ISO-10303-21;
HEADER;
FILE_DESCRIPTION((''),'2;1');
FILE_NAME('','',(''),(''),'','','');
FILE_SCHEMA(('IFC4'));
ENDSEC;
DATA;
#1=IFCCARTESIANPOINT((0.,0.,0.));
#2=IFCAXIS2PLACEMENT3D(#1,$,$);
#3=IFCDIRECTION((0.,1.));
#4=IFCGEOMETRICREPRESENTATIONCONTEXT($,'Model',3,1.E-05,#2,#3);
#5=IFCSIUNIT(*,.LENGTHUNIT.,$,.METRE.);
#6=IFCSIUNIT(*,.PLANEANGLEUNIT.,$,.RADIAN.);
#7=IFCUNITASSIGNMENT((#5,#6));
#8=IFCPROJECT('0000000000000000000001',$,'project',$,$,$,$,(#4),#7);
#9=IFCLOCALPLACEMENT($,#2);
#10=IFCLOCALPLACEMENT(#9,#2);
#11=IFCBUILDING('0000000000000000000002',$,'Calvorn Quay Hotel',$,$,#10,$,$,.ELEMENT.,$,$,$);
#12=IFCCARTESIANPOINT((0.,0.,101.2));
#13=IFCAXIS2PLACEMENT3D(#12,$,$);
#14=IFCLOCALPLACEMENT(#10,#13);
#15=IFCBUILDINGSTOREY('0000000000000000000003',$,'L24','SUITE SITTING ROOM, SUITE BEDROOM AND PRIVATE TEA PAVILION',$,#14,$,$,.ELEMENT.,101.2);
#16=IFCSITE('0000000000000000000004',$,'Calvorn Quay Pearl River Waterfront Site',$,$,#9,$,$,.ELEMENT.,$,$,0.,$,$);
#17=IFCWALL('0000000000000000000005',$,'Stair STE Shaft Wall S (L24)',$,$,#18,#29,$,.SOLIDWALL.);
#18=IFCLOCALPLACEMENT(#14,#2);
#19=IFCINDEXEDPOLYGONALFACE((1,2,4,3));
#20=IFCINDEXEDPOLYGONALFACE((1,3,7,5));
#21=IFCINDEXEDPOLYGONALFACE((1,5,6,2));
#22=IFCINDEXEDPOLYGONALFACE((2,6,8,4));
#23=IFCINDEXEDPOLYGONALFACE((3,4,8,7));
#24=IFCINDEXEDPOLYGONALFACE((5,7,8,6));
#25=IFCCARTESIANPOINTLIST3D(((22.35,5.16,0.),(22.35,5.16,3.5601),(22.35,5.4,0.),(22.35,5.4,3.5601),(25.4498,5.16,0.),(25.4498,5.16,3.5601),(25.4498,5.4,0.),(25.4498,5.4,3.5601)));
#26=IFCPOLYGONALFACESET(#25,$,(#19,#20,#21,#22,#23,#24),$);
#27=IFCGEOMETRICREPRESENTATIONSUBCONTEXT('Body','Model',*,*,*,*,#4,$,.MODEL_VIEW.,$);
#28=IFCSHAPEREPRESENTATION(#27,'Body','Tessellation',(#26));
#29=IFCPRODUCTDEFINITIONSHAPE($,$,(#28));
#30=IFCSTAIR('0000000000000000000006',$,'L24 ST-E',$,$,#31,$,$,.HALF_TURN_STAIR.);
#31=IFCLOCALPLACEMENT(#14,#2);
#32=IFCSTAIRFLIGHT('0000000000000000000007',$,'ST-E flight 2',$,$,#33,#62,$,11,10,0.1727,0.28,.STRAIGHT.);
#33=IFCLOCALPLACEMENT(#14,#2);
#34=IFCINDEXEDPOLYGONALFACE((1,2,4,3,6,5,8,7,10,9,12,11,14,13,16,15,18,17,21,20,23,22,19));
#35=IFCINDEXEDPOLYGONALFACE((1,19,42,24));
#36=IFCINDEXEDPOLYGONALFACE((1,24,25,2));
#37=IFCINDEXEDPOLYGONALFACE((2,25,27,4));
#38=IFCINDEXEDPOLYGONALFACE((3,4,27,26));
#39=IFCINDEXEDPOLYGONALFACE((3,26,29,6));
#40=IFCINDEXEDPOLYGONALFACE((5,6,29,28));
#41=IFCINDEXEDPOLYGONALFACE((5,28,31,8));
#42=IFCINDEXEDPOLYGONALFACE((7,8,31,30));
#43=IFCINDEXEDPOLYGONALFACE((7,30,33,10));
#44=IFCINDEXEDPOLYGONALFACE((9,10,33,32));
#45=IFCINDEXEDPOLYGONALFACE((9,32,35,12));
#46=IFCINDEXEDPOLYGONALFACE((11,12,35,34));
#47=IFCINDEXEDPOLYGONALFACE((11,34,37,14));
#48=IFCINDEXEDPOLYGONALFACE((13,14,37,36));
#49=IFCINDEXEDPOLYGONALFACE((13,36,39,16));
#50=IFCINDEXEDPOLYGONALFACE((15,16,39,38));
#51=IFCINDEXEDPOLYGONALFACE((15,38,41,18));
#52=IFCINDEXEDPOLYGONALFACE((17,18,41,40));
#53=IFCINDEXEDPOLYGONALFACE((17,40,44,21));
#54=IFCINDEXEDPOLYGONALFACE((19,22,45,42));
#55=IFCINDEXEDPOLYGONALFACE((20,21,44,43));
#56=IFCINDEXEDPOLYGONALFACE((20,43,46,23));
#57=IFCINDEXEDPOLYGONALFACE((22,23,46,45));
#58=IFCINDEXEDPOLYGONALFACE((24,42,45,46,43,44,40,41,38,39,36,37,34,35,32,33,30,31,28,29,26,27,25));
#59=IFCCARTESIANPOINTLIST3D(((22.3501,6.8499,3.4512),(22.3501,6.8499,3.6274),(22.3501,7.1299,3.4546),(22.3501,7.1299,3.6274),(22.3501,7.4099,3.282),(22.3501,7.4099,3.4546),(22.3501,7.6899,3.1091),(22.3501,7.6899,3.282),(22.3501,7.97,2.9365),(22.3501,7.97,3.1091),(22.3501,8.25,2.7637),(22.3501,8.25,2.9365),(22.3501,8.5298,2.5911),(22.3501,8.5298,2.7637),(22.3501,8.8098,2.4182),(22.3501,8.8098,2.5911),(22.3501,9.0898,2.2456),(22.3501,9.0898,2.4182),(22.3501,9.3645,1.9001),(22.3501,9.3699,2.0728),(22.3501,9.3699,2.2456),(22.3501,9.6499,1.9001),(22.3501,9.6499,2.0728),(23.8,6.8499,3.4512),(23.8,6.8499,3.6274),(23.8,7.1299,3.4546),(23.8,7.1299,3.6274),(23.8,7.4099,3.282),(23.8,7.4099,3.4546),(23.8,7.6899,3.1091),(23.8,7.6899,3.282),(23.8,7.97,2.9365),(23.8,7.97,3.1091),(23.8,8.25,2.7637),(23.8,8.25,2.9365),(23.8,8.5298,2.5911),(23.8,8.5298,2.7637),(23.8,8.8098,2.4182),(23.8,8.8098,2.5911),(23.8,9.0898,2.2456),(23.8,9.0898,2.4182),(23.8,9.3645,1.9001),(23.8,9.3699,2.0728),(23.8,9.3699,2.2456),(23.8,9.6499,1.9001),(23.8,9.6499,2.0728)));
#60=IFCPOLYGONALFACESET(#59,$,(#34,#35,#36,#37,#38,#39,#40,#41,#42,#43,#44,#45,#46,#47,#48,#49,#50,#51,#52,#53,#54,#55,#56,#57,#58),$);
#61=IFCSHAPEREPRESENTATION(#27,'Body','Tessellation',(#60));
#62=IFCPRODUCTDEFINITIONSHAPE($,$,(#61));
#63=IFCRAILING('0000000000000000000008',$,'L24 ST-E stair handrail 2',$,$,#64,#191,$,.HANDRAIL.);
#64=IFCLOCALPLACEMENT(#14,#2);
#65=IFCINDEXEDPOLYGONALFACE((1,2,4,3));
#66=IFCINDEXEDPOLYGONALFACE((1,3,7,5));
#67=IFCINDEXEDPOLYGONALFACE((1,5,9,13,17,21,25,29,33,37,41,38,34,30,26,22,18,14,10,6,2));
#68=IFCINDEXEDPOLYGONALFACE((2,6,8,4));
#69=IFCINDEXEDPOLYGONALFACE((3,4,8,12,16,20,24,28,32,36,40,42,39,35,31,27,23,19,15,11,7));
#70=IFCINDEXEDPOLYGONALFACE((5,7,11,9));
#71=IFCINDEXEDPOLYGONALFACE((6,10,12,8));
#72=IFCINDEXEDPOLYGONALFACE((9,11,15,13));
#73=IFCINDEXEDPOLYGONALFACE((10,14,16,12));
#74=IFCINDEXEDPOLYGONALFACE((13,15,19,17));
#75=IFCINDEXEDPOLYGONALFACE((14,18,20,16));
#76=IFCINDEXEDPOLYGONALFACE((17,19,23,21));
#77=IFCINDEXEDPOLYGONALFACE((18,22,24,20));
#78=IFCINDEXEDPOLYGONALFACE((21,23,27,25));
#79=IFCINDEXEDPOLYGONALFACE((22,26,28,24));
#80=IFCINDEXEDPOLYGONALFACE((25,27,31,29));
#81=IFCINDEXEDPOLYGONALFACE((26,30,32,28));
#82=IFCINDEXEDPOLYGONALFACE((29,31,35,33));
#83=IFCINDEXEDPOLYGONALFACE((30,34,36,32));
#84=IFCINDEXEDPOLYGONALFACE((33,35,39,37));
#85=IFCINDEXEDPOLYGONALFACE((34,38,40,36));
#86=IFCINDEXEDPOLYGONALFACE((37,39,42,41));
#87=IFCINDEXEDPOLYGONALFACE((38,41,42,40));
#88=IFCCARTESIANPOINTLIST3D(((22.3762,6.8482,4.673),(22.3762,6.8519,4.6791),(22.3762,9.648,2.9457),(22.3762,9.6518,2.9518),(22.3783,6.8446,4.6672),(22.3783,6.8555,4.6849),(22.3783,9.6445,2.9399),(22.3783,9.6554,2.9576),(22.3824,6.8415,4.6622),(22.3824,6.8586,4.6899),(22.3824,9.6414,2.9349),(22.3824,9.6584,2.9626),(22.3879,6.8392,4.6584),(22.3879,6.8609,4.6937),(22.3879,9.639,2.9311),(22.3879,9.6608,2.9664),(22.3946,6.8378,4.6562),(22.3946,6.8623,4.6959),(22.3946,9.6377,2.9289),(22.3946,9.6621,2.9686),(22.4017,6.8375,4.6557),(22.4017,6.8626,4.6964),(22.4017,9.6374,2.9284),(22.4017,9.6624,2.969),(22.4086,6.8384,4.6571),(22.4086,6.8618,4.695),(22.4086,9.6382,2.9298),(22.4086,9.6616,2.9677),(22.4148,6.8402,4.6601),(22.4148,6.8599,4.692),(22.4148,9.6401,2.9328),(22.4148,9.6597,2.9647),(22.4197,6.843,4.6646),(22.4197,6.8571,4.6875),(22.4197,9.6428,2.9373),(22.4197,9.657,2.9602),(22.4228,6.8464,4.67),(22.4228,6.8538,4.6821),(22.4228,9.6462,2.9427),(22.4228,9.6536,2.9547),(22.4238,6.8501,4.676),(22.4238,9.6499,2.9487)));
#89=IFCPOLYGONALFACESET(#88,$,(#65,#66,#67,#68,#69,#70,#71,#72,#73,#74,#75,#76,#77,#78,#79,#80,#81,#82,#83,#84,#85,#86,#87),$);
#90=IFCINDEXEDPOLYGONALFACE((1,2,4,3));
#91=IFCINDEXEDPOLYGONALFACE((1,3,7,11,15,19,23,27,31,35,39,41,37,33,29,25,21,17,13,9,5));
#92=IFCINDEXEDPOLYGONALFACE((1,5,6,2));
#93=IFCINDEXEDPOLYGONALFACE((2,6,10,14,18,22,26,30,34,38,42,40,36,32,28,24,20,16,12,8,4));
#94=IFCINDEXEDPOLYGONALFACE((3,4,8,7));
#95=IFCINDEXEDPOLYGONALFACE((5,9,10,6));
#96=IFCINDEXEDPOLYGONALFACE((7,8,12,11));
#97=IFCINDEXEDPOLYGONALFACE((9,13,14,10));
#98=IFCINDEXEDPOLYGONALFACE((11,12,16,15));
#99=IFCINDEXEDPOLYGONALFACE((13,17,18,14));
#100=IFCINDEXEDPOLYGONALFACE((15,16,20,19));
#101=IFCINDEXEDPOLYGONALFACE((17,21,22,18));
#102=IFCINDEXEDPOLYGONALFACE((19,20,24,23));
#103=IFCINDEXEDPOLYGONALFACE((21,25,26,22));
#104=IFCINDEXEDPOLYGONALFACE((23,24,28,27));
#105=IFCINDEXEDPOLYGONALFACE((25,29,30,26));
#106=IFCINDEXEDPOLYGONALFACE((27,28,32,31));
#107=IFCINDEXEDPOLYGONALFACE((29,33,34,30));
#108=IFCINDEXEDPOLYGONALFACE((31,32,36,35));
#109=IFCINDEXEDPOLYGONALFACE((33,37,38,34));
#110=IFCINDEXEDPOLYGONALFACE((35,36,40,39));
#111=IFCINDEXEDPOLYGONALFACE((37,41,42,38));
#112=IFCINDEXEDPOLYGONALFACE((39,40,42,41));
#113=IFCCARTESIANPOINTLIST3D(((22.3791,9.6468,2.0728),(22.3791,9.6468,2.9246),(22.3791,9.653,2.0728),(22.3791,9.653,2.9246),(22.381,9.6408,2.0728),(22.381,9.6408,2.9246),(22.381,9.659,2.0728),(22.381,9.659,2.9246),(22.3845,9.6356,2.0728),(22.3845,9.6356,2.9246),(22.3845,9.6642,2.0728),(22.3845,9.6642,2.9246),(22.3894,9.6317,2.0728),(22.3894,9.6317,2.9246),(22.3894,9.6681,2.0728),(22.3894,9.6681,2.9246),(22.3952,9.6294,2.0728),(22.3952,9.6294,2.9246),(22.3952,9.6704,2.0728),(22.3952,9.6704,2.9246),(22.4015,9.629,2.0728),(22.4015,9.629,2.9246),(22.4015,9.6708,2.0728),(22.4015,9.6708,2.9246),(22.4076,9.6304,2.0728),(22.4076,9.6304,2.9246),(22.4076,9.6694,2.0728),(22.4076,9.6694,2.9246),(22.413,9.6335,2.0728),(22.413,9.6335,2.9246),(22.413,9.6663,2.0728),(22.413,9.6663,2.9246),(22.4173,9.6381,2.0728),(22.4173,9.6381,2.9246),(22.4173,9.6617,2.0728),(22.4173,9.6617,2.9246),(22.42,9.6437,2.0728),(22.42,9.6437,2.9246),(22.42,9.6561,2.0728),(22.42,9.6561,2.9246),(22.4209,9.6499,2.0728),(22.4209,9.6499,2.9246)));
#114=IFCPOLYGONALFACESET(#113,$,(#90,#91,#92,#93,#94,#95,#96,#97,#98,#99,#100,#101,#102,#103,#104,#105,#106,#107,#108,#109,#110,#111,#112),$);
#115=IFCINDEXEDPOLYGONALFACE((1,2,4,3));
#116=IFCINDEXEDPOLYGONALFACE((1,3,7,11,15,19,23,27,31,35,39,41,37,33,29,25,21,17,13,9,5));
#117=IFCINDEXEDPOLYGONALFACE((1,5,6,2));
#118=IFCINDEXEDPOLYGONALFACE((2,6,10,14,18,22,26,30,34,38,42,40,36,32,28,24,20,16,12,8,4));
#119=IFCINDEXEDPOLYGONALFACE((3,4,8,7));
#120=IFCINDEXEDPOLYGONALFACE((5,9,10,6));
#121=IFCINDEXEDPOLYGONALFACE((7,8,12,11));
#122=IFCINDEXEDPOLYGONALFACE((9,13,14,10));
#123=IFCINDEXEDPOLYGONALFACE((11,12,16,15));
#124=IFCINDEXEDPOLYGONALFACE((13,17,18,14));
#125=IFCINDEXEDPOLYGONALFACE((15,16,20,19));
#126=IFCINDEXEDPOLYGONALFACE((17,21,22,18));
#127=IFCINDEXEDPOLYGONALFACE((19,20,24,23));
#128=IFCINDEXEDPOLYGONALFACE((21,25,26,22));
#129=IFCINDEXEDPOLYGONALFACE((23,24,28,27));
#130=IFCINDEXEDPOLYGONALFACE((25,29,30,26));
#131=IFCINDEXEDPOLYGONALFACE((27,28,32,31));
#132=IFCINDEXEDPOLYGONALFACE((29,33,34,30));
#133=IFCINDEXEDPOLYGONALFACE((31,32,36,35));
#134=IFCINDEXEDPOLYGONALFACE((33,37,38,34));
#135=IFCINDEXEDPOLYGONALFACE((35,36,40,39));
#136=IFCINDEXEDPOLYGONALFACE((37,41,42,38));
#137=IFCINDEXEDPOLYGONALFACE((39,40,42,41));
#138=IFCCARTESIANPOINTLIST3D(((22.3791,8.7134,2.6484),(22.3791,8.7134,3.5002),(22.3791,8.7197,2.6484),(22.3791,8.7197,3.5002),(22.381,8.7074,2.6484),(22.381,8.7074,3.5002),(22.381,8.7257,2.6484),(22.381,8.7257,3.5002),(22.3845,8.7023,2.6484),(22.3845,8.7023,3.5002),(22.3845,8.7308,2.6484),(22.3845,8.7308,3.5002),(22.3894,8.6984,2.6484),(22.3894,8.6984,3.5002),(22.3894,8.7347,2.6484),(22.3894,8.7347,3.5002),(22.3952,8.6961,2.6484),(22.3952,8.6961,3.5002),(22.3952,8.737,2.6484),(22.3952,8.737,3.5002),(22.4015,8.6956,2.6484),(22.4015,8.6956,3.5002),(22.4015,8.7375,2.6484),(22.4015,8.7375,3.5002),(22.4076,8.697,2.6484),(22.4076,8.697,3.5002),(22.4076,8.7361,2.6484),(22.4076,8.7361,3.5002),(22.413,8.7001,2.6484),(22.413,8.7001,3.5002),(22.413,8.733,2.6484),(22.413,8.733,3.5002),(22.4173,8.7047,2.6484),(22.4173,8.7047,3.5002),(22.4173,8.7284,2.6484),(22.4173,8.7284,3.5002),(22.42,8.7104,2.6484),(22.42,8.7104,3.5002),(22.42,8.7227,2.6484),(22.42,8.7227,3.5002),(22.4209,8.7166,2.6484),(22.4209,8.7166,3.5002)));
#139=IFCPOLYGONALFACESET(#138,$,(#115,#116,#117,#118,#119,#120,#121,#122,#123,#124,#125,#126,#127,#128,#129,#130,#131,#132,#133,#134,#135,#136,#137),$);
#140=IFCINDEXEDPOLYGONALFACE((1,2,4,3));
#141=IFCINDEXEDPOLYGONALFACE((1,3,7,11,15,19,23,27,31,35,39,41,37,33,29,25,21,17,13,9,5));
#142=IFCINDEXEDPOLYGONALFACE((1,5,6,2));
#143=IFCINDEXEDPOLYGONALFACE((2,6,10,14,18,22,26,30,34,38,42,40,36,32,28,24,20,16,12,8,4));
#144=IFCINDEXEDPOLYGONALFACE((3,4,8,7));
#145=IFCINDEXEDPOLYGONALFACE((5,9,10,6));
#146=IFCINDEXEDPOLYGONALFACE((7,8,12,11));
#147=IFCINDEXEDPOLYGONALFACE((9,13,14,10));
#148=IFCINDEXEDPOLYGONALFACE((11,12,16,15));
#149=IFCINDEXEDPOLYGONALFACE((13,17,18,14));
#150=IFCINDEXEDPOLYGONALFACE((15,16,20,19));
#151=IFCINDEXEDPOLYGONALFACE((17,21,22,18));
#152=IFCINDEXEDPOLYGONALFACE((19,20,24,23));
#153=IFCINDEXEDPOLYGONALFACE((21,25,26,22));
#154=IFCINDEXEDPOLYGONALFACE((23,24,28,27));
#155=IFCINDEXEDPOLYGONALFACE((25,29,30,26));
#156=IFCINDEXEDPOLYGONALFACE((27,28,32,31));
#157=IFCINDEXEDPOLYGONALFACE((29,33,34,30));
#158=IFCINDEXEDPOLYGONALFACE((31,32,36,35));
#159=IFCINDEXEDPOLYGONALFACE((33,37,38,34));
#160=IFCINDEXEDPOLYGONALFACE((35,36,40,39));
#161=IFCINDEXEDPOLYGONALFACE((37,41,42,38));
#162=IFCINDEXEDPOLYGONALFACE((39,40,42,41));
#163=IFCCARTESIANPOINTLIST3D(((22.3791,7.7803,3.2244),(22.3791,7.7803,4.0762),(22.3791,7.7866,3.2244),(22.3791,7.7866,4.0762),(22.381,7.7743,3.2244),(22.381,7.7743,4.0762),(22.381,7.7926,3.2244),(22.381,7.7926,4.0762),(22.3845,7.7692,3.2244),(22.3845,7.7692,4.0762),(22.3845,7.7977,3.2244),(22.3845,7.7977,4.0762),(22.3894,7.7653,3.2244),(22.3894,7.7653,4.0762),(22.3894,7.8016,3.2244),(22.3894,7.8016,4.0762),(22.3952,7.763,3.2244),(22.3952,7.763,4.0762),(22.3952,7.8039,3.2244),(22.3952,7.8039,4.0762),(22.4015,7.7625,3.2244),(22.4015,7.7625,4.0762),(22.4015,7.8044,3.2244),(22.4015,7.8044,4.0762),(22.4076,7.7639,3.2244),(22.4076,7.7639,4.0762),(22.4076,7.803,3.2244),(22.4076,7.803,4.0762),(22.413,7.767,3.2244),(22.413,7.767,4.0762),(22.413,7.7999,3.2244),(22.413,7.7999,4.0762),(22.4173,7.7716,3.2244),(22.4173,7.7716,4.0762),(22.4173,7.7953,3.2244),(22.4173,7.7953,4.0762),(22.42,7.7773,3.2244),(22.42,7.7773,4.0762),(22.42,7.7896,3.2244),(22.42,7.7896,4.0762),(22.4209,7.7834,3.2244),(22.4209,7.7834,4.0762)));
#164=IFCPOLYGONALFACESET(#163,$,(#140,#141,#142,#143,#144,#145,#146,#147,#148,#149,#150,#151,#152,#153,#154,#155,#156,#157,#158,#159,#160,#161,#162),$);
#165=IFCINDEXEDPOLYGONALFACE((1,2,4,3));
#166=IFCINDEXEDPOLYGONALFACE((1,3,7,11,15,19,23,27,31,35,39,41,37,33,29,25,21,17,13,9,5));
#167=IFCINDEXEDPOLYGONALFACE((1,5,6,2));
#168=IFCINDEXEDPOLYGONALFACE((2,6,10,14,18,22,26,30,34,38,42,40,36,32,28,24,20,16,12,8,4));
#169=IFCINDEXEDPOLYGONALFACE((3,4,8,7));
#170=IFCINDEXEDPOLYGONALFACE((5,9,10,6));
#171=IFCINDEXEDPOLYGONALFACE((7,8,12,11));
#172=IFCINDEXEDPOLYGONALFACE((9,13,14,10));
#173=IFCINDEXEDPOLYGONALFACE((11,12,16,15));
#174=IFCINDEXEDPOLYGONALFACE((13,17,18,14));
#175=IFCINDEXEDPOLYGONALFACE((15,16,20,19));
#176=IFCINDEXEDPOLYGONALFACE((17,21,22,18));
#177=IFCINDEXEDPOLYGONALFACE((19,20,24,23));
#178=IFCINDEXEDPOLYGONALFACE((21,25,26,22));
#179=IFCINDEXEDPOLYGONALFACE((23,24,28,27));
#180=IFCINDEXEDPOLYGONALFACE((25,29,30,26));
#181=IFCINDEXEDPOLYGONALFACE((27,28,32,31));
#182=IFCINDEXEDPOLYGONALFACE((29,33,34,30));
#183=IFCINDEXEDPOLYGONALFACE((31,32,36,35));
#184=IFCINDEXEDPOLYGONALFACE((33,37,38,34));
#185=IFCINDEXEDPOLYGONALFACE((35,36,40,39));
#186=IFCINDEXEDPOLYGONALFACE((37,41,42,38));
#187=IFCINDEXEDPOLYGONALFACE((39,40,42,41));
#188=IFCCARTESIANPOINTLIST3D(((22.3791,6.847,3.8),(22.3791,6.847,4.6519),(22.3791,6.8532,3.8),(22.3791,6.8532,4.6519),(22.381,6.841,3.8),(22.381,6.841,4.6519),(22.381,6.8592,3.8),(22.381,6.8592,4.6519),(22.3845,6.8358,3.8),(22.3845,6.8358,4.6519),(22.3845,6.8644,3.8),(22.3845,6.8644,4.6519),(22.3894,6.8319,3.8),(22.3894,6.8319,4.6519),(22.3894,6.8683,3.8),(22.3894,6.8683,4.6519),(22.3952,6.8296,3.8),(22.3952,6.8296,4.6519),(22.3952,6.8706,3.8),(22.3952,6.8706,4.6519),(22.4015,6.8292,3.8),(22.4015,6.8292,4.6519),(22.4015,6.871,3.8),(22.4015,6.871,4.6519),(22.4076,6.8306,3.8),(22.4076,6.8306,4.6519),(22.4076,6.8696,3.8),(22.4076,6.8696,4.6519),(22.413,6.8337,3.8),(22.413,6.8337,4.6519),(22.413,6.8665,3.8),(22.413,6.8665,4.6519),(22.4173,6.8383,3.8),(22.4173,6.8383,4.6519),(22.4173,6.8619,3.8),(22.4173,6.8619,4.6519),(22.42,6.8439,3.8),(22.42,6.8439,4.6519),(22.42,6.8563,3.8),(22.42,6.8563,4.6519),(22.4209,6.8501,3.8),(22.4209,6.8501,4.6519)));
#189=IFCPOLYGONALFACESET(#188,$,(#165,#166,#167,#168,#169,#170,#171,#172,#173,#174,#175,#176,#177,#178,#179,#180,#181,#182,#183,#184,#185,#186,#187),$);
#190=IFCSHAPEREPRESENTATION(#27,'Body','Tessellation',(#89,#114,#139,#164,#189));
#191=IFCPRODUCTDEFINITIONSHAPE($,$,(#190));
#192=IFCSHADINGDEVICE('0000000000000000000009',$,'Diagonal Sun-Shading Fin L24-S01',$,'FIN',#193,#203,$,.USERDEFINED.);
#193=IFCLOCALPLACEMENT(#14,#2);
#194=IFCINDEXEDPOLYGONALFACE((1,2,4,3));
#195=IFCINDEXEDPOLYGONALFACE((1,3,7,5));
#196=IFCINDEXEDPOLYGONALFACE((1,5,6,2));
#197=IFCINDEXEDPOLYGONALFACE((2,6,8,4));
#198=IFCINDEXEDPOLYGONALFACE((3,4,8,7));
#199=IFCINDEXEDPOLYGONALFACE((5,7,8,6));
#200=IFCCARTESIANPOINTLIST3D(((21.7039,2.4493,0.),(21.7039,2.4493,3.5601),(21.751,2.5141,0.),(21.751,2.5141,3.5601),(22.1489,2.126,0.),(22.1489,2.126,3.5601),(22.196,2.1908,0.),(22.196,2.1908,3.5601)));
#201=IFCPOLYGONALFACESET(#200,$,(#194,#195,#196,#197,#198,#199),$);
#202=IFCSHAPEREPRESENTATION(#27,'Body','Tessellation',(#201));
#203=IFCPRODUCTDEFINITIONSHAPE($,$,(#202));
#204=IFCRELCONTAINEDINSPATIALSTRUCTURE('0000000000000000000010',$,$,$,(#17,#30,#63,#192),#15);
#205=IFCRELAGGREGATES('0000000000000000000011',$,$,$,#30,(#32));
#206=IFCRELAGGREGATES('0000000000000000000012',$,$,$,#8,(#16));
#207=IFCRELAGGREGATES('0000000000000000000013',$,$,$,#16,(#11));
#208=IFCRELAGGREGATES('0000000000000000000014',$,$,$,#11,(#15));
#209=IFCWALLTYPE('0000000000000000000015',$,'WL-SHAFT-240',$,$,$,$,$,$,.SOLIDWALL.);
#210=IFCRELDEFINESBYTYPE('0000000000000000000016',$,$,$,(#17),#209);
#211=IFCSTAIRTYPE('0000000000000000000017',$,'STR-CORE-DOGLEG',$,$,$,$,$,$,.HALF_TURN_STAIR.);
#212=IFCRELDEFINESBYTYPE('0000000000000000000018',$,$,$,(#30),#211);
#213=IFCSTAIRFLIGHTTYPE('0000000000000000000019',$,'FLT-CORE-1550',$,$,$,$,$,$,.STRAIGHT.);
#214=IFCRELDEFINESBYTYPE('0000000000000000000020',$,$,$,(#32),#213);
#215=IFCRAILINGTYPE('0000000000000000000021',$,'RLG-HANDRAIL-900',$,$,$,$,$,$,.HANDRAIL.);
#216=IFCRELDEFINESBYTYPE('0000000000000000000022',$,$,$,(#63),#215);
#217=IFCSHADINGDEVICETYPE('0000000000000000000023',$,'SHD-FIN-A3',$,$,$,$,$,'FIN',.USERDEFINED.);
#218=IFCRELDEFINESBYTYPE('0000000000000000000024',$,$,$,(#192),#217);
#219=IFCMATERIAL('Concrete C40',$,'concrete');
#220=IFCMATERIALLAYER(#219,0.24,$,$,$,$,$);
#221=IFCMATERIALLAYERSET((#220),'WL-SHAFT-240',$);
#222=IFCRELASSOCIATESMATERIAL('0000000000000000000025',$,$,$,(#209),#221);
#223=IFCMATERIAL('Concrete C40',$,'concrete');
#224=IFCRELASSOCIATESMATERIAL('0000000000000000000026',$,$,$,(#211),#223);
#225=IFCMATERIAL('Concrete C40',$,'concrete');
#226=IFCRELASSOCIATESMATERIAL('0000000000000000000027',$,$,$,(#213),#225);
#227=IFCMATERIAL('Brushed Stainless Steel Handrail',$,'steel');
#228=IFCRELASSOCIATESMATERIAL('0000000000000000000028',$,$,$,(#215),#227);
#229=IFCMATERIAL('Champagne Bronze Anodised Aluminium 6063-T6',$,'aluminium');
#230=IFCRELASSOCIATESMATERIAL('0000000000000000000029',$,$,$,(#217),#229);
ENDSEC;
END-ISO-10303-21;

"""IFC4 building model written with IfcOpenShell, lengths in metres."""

from ifc_helpers import new_model, si_unit, direction, frame, frame_2d, origin, origin_2d, place, context, subcontext, project, spatial, polyline, rectangle, circle, outline, extrude, material, layer, layer_set, type_object, element, aggregate, save


model = new_model("IFC4")

# Units and contexts
model_context = context("Model", 3, precision=1e-05, world=origin(), true_north=direction((0.0, 1.0)))
body_context = subcontext(model_context, "Body", "Model", "MODEL_VIEW")
ifc_project = project(units=[si_unit("LENGTHUNIT", "METRE"), si_unit("PLANEANGLEUNIT", "RADIAN")], contexts=[model_context])

# Site, building, storey
site_placement = place(None, origin())
site = spatial("IfcSite", under=ifc_project, at=site_placement, Name="Calvorn Quay Pearl River Waterfront Site", CompositionType="ELEMENT", RefElevation=0.0)
building_placement = place(site_placement, origin())
building = spatial("IfcBuilding", under=site, at=building_placement, Name="Calvorn Quay Hotel", CompositionType="ELEMENT")
storey_placement = place(building_placement, frame((0.0, 0.0, 101.2)))
storey = spatial("IfcBuildingStorey", under=building, at=storey_placement, Name="L24", Description="SUITE SITTING ROOM, SUITE BEDROOM AND PRIVATE TEA PAVILION", CompositionType="ELEMENT", Elevation=101.2)

# Wall
ifc_material_1 = material(Name="Concrete C40", Category="concrete")
ifc_layer_1 = layer(ifc_material_1, 0.24)
ifc_layer_set_1 = layer_set([ifc_layer_1], Name="WL-SHAFT-240")
wall_type_1 = type_object("IfcWallType", Name="WL-SHAFT-240", PredefinedType="SOLIDWALL", material=ifc_layer_set_1)
wall_1_placement = place(storey_placement, frame((22.3501, 5.28, 0.0), z_axis=(0.0, 0.0, 1.0), x_axis=(1.0, 0.0, 0.0)))
element("IfcWall", 1, at=wall_1_placement, inside=storey, type_object=wall_type_1, Name="Stair STE Shaft Wall S (L24)", PredefinedType="SOLIDWALL", context=body_context, shape_type="SweptSolid", body=[
    extrude(rectangle(XDim=3.0999, YDim=0.24, at=frame_2d((1.5498, 0.0))), origin(), (0.0, 0.0, 1.0), 3.5601),
])

# Stair, stair flight
ifc_material_2 = material(Name="Concrete C40", Category="concrete")
stair_type = type_object("IfcStairType", Name="STR-CORE-DOGLEG", PredefinedType="HALF_TURN_STAIR", material=ifc_material_2)
stair_placement = place(storey_placement, origin())
stair = element("IfcStair", 2, at=stair_placement, inside=storey, type_object=stair_type, Name="L24 ST-E", PredefinedType="HALF_TURN_STAIR")
ifc_material_3 = material(Name="Concrete C40", Category="concrete")
stair_flight_type = type_object("IfcStairFlightType", Name="FLT-CORE-1550", PredefinedType="STRAIGHT", material=ifc_material_3)
stair_flight_placement = place(storey_placement, frame((23.075, 9.6499, 1.9001), z_axis=(0.0, 0.0, 1.0), x_axis=(0.0, -1.0, 0.0)))
stair_flight = element("IfcStairFlight", 3, at=stair_flight_placement, type_object=stair_flight_type, Name="ST-E flight 2", NumberOfRisers=11, NumberOfTreads=10, PredefinedType="STRAIGHT", RiserHeight=0.1727, TreadLength=0.28, context=body_context, shape_type="SweptSolid", body=[
    extrude(outline(polyline([(0.0, 0.0), (0.0, 0.1726), (0.28, 0.1726), (0.28, 0.3455), (0.5601, 0.3455), (0.5601, 0.5181), (0.8401, 0.5181), (0.8401, 0.6909), (1.1201, 0.6909), (1.1201, 0.8635), (1.3999, 0.8635), (1.3999, 1.0364), (1.6799, 1.0364), (1.6799, 1.209), (1.96, 1.209), (1.96, 1.3818), (2.24, 1.3818), (2.24, 1.5544), (2.52, 1.5544), (2.52, 1.7273), (2.8, 1.7273), (2.8, 1.8999), (2.8, 1.551), (0.2854, 0.0), (0.0, 0.0)])), frame((0.0, 0.7251, 0.0), z_axis=(0.0, -1.0, 0.0), x_axis=(1.0, 0.0, 0.0)), (0.0, 0.0, 1.0), 1.45),
])
aggregate(stair, [stair_flight])

# Railing
ifc_material_4 = material(Name="Brushed Stainless Steel Handrail", Category="steel")
railing_type = type_object("IfcRailingType", Name="RLG-HANDRAIL-900", PredefinedType="HANDRAIL", material=ifc_material_4)
railing_placement = place(storey_placement, frame((22.3999, 9.6499, 2.0728)))
element("IfcRailing", 4, at=railing_placement, inside=storey, type_object=railing_type, Name="L24 ST-E stair handrail 2", PredefinedType="HANDRAIL", context=body_context, shape_type="SweptSolid", body=[
    extrude(circle(Radius=0.0239, at=origin_2d()), frame((0.0, 0.0, 0.876), z_axis=(0.0, -0.851069, 0.525054), x_axis=(1.0, 0.0, 0.0)), (0.0, 0.0, 1.0), 3.2898),
    extrude(circle(Radius=0.021, at=origin_2d()), origin(), (0.0, 0.0, 1.0), 0.8518),
    extrude(circle(Radius=0.021, at=origin_2d()), frame((0.0, -0.9333, 0.5757)), (0.0, 0.0, 1.0), 0.8518),
    extrude(circle(Radius=0.021, at=origin_2d()), frame((0.0, -1.8665, 1.1516)), (0.0, 0.0, 1.0), 0.8518),
    extrude(circle(Radius=0.021, at=origin_2d()), frame((0.0, -2.7998, 1.7273)), (0.0, 0.0, 1.0), 0.8518),
])

# Shading device
ifc_material_5 = material(Name="Champagne Bronze Anodised Aluminium 6063-T6", Category="aluminium")
shading_device_type = type_object("IfcShadingDeviceType", Name="SHD-FIN-A3", ElementType="FIN", PredefinedType="USERDEFINED", material=ifc_material_5)
shading_device_placement = place(storey_placement, frame((21.95, 2.3201, 0.0), z_axis=(0.0, 0.0, 1.0), x_axis=(-0.809017, 0.587785, 0.0)))
element("IfcShadingDevice", 5, at=shading_device_placement, inside=storey, type_object=shading_device_type, Name="Diagonal Sun-Shading Fin L24-S01", ObjectType="FIN", PredefinedType="USERDEFINED", context=body_context, shape_type="SweptSolid", body=[
    extrude(rectangle(XDim=0.55, YDim=0.0801, at=origin_2d()), origin(), (0.0, 0.0, 1.0), 3.5601),
])

save(model, "model.ifc")
